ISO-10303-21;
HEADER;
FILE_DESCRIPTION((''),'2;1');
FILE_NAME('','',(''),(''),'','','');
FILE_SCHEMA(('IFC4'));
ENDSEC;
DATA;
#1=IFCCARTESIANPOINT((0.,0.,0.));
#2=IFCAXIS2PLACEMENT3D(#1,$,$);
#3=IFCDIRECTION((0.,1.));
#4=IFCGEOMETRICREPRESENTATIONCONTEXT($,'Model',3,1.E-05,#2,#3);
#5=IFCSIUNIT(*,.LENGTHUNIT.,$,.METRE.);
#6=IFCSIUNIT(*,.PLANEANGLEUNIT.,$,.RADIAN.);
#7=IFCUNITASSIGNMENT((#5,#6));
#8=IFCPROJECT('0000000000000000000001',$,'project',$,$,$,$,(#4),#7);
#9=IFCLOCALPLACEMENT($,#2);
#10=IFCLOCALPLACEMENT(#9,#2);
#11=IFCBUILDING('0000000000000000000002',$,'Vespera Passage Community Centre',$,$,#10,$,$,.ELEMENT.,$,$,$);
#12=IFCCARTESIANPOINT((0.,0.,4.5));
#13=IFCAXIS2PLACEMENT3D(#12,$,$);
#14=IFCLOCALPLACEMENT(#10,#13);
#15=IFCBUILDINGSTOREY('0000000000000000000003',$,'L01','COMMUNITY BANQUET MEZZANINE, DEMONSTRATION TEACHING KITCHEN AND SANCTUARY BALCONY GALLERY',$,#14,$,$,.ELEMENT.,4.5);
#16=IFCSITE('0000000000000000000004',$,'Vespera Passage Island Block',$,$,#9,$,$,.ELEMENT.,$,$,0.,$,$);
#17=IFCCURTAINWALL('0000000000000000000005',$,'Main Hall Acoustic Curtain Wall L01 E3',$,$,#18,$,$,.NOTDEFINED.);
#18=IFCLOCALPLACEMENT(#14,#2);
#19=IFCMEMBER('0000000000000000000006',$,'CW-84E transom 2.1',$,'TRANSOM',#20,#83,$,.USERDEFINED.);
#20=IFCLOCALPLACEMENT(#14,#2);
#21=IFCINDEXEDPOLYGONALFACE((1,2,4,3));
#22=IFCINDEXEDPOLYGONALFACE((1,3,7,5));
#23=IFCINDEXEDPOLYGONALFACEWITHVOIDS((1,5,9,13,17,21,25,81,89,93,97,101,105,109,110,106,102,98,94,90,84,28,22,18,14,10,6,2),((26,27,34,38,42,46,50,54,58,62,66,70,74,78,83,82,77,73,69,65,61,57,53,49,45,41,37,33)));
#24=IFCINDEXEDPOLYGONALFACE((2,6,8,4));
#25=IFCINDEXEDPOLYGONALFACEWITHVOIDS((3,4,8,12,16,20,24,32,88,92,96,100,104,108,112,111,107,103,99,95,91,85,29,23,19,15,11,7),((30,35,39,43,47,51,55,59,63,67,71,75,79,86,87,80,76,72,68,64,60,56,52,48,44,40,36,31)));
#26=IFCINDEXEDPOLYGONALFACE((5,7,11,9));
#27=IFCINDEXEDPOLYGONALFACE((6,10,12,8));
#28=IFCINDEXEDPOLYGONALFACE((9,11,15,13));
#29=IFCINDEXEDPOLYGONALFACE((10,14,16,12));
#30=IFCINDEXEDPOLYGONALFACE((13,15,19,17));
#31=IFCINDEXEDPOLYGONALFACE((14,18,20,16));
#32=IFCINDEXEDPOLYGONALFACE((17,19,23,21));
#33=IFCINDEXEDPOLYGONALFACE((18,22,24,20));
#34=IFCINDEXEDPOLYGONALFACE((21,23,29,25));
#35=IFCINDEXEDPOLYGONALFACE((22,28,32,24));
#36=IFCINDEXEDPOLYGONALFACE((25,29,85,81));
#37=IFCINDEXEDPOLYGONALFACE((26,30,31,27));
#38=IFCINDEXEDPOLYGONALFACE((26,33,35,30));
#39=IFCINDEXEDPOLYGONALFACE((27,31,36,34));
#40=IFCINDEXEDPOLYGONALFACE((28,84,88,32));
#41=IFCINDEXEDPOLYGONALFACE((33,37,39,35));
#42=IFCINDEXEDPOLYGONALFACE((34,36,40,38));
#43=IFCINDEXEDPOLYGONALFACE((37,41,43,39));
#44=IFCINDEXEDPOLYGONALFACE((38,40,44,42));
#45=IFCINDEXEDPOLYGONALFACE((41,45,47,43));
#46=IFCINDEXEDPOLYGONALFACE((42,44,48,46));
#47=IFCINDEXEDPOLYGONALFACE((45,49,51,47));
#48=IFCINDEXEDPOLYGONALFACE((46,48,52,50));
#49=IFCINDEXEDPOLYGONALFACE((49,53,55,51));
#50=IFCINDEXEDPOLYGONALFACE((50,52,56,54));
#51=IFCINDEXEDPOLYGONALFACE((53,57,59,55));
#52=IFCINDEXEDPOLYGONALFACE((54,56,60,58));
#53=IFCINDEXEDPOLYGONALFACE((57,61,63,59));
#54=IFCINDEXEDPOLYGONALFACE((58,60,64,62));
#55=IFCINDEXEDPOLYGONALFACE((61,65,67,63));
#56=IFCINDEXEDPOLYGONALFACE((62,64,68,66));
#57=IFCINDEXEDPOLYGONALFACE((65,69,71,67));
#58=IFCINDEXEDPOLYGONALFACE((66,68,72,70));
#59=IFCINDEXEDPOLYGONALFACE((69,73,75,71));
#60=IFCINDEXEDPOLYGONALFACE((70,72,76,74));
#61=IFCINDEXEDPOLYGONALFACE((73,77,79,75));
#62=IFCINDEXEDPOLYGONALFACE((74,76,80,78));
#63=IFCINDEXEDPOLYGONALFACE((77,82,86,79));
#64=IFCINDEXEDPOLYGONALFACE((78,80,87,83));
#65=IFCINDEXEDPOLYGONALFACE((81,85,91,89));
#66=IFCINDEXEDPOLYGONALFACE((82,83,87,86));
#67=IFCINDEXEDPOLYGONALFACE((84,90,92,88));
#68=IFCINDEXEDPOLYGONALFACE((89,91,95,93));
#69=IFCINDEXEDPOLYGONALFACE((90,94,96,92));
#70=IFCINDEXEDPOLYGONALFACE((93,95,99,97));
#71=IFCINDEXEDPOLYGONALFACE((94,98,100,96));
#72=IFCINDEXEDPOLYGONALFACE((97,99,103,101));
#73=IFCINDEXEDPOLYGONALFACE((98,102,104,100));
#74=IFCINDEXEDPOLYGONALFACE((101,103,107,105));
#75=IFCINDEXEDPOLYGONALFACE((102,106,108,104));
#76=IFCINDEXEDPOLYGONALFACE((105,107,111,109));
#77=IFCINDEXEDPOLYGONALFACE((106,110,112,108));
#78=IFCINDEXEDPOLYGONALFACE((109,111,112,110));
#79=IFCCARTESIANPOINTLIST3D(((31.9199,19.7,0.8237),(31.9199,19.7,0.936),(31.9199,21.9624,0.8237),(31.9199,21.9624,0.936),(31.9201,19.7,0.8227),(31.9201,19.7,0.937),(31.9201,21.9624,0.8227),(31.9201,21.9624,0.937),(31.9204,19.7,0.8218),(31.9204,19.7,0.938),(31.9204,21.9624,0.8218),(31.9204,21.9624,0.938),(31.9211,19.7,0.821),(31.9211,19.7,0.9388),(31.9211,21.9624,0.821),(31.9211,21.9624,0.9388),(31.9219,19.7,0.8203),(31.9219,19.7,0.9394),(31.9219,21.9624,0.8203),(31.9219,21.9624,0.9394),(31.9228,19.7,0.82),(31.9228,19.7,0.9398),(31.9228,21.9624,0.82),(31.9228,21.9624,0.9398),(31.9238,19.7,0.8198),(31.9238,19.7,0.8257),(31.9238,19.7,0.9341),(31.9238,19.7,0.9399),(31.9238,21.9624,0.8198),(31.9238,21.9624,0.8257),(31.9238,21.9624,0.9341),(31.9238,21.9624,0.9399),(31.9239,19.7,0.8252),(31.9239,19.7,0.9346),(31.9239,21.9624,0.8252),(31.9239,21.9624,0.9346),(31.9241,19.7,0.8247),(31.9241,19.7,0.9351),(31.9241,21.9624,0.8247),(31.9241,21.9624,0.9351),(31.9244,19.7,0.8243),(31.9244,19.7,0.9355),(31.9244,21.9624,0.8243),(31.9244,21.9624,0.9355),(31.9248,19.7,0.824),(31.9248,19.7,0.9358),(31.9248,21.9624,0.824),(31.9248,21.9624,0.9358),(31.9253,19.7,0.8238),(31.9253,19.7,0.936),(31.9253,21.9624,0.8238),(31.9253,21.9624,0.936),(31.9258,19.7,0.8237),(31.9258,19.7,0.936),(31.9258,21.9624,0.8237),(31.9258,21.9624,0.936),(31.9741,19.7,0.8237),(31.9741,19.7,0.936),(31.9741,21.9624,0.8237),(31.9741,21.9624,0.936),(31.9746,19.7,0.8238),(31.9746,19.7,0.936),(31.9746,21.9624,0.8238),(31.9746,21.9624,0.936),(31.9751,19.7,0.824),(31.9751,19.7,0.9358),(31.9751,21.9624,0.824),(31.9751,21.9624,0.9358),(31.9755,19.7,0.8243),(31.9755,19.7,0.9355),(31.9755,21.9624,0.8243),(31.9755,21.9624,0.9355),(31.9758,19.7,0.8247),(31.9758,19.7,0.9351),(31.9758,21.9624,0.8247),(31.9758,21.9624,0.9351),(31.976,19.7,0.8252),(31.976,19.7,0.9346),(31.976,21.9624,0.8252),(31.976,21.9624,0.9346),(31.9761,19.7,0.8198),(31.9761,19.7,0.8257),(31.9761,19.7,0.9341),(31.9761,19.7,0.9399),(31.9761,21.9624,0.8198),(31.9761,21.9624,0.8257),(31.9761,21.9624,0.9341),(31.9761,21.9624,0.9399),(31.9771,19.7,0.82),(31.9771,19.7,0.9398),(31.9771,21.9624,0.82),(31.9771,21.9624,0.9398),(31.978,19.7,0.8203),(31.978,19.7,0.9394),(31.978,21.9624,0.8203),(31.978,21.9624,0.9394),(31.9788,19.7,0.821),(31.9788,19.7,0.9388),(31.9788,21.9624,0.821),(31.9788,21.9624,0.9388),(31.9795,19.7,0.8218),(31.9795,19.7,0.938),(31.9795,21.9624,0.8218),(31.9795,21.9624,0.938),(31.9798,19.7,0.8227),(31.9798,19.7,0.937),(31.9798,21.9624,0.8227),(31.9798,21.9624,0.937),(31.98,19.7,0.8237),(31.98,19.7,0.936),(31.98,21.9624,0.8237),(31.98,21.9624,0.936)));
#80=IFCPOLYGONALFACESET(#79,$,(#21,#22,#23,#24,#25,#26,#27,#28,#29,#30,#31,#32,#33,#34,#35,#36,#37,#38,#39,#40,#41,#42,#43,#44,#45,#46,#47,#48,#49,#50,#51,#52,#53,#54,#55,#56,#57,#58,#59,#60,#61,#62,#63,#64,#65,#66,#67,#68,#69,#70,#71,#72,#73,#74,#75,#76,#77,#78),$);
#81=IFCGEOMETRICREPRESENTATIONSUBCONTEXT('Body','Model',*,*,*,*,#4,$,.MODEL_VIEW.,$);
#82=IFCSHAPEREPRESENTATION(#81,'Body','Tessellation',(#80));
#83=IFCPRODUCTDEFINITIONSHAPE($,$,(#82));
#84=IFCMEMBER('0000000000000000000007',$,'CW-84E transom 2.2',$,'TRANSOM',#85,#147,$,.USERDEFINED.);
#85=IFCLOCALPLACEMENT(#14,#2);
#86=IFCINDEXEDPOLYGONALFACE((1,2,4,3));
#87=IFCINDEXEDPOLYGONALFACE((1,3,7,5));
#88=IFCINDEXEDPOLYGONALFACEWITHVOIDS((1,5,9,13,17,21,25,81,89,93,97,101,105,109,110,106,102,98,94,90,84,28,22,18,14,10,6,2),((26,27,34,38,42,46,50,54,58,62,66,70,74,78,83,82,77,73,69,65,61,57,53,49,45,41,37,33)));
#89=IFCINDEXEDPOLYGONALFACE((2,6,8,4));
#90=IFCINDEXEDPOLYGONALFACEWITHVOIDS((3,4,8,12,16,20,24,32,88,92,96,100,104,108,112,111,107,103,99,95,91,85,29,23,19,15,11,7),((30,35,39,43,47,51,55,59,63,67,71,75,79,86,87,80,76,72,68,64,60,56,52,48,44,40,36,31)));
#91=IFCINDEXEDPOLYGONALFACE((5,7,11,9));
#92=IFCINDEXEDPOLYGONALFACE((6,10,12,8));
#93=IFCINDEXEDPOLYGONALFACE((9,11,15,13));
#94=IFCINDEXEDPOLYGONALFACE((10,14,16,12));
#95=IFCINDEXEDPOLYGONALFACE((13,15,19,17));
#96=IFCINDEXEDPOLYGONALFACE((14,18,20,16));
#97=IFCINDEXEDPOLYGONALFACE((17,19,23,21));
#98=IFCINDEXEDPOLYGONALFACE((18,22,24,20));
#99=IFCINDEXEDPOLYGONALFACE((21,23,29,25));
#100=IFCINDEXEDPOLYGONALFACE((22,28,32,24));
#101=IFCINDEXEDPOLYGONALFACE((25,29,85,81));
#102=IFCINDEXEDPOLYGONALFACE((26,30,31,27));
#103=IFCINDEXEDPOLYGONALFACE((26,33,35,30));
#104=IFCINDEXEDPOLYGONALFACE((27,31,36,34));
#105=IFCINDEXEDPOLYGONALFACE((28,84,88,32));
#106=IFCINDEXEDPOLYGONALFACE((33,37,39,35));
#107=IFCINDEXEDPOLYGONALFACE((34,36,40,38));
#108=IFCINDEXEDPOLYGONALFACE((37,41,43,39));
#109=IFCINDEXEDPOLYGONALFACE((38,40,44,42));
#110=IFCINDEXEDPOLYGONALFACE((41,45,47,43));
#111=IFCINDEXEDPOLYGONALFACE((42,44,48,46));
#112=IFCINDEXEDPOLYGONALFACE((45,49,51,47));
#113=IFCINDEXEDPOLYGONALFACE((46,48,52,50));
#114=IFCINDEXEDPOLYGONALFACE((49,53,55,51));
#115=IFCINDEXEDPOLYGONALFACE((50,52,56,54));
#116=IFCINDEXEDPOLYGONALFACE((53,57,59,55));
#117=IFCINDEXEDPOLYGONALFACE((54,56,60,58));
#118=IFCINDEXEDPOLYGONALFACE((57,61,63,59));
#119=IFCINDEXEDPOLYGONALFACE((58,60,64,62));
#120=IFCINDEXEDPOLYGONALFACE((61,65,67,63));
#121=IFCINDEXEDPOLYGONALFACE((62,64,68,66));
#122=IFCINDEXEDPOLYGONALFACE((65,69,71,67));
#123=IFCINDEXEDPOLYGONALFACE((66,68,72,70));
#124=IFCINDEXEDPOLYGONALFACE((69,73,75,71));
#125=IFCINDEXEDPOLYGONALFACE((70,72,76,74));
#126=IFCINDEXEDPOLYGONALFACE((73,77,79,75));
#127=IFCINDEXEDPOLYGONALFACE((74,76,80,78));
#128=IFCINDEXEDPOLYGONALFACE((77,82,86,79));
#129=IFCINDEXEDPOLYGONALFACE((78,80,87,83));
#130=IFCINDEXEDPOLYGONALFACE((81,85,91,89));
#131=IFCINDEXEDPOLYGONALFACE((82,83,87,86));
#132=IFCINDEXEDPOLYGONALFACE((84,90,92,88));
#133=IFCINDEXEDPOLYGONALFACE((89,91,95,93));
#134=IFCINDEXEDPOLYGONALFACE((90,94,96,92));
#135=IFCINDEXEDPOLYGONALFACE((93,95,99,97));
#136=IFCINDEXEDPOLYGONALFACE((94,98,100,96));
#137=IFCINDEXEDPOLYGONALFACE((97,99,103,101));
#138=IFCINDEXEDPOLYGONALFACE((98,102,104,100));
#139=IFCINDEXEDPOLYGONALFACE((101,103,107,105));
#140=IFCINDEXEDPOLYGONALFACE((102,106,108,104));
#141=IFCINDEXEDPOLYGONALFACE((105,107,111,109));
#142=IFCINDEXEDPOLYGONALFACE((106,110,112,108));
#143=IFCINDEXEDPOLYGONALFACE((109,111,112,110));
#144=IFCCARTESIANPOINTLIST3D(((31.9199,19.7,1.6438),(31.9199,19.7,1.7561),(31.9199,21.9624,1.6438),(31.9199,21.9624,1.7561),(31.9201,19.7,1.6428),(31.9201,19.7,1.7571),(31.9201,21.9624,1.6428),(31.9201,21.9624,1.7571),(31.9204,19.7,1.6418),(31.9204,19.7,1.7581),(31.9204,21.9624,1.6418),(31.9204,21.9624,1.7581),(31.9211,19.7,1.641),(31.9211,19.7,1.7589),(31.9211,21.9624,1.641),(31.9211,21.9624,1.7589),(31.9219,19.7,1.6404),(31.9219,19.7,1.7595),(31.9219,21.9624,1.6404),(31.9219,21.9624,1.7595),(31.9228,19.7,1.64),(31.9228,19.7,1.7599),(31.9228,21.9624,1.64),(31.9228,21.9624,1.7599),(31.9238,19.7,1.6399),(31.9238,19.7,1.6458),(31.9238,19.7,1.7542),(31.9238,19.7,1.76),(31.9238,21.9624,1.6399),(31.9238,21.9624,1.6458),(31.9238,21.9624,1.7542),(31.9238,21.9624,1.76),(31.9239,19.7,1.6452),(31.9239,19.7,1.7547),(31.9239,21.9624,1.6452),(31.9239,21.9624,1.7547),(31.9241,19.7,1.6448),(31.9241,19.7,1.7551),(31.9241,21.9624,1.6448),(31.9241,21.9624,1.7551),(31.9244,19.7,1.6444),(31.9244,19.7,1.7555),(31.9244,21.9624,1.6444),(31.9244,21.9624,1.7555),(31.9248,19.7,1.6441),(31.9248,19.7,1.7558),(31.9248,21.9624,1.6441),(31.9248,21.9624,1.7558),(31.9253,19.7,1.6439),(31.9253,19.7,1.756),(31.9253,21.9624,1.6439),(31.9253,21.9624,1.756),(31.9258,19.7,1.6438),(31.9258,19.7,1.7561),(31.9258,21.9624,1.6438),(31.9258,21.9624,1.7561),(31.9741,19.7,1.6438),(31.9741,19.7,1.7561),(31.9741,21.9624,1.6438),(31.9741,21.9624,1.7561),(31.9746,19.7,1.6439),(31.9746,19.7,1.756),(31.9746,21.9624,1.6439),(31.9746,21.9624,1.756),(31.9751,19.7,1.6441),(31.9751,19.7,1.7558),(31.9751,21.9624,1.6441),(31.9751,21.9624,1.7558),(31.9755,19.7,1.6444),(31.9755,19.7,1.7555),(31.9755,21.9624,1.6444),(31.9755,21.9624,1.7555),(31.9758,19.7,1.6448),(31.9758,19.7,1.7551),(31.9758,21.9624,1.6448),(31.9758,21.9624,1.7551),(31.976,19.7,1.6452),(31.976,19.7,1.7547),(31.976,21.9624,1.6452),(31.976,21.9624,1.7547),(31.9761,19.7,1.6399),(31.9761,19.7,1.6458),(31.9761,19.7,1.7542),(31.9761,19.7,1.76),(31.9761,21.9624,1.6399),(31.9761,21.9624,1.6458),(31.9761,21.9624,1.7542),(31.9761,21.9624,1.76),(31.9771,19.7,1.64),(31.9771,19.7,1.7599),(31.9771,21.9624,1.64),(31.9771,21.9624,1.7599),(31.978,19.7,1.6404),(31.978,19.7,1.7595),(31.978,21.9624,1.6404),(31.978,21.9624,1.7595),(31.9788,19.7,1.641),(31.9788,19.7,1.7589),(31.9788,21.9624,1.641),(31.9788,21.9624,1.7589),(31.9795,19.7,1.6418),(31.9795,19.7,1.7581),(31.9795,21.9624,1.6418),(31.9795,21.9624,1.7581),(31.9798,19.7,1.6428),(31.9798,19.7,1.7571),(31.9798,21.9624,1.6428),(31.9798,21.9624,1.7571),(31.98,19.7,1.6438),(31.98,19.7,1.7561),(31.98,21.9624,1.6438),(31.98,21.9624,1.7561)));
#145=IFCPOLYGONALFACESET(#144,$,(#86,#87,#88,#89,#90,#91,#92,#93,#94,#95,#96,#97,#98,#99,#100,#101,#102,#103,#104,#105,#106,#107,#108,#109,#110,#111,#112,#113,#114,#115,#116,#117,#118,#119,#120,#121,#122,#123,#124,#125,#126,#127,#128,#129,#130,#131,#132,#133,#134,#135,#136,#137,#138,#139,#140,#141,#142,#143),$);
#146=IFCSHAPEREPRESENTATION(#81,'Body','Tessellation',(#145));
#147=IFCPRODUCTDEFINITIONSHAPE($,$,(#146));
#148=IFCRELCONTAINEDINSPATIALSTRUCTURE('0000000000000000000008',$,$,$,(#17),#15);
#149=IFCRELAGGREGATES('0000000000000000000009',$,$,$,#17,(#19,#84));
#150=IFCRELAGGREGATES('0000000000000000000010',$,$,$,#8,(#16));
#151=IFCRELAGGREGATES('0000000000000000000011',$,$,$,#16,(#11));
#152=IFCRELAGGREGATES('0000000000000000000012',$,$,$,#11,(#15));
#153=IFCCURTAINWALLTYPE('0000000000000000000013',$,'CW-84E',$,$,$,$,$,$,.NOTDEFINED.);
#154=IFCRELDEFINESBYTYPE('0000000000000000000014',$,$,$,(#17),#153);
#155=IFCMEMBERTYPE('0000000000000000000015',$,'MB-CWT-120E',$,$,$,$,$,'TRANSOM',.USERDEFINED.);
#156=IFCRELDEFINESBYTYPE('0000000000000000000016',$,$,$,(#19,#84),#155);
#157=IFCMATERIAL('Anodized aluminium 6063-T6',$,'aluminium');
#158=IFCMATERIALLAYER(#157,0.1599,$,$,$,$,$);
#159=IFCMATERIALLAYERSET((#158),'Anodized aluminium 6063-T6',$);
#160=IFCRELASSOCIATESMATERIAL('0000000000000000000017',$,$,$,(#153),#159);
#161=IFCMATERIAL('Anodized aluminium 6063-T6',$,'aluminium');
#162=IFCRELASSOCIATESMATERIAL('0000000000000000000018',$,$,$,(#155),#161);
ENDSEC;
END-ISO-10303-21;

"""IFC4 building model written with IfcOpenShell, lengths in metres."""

from ifc_helpers import new_model, si_unit, direction, frame, origin, origin_2d, place, context, subcontext, project, spatial, hollow_rectangle, extrude, material, layer, layer_set, material_profile, profile_set, type_object, element, aggregate, save


model = new_model("IFC4")

# Units and contexts
model_context = context("Model", 3, precision=1e-05, world=origin(), true_north=direction((0.0, 1.0)))
body_context = subcontext(model_context, "Body", "Model", "MODEL_VIEW")
ifc_project = project(units=[si_unit("LENGTHUNIT", "METRE"), si_unit("PLANEANGLEUNIT", "RADIAN")], contexts=[model_context])

# Site, building, storey
site_placement = place(None, origin())
site = spatial("IfcSite", under=ifc_project, at=site_placement, Name="Vespera Passage Island Block", CompositionType="ELEMENT", RefElevation=0.0)
building_placement = place(site_placement, origin())
building = spatial("IfcBuilding", under=site, at=building_placement, Name="Vespera Passage Community Centre", CompositionType="ELEMENT")
storey_placement = place(building_placement, frame((0.0, 0.0, 4.5)))
storey = spatial("IfcBuildingStorey", under=building, at=storey_placement, Name="L01", Description="COMMUNITY BANQUET MEZZANINE, DEMONSTRATION TEACHING KITCHEN AND SANCTUARY BALCONY GALLERY", CompositionType="ELEMENT", Elevation=4.5)

# Curtain wall
ifc_material_1 = material(Name="Anodized aluminium 6063-T6", Category="aluminium")
ifc_layer_1 = layer(ifc_material_1, 0.1599)
ifc_layer_set_1 = layer_set([ifc_layer_1], Name="Anodized aluminium 6063-T6")
curtain_wall_type = type_object("IfcCurtainWallType", Name="CW-84E", PredefinedType="NOTDEFINED", material=ifc_layer_set_1)
curtain_wall_1_placement = place(storey_placement, origin())
curtain_wall_1 = element("IfcCurtainWall", 1, at=curtain_wall_1_placement, inside=storey, type_object=curtain_wall_type, Name="Main Hall Acoustic Curtain Wall L01 E3", PredefinedType="NOTDEFINED")

# Members
ifc_material_2 = material(Name="Anodized aluminium 6063-T6", Category="aluminium")
ifc_material_profile_1 = material_profile(ifc_material_2, hollow_rectangle(XDim=0.0601, YDim=0.1201, WallThickness=0.0039, InnerFilletRadius=0.002, OuterFilletRadius=0.0039, at=origin_2d()), Name="ALU120X60X4")
ifc_profile_set_1 = profile_set([ifc_material_profile_1], Name="Anodized aluminium 6063-T6")
member_type_1 = type_object("IfcMemberType", Name="MB-CWT-120E", ElementType="TRANSOM", PredefinedType="USERDEFINED", material=ifc_profile_set_1)
member_1_placement = place(storey_placement, frame((31.95, 21.9624, 0.8799), z_axis=(0.0, -1.0, 0.0), x_axis=(1.0, 0.0, 0.0)))
member_1 = element("IfcMember", 2, at=member_1_placement, type_object=member_type_1, Name="CW-84E transom 2.1", ObjectType="TRANSOM", PredefinedType="USERDEFINED", context=body_context, shape_type="SweptSolid", body=[
    extrude(hollow_rectangle(XDim=0.0601, YDim=0.1201, WallThickness=0.0039, InnerFilletRadius=0.002, OuterFilletRadius=0.0039, at=origin_2d()), origin(), (0.0, 0.0, 1.0), 2.2625),
])
member_2_placement = place(storey_placement, frame((31.95, 21.9624, 1.7), z_axis=(0.0, -1.0, 0.0), x_axis=(1.0, 0.0, 0.0)))
member_2 = element("IfcMember", 3, at=member_2_placement, type_object=member_type_1, Name="CW-84E transom 2.2", ObjectType="TRANSOM", PredefinedType="USERDEFINED", context=body_context, shape_type="SweptSolid", body=[
    extrude(hollow_rectangle(XDim=0.0601, YDim=0.1201, WallThickness=0.0039, InnerFilletRadius=0.002, OuterFilletRadius=0.0039, at=origin_2d()), origin(), (0.0, 0.0, 1.0), 2.2625),
])

aggregate(curtain_wall_1, [member_1, member_2])

save(model, "model.ifc")
